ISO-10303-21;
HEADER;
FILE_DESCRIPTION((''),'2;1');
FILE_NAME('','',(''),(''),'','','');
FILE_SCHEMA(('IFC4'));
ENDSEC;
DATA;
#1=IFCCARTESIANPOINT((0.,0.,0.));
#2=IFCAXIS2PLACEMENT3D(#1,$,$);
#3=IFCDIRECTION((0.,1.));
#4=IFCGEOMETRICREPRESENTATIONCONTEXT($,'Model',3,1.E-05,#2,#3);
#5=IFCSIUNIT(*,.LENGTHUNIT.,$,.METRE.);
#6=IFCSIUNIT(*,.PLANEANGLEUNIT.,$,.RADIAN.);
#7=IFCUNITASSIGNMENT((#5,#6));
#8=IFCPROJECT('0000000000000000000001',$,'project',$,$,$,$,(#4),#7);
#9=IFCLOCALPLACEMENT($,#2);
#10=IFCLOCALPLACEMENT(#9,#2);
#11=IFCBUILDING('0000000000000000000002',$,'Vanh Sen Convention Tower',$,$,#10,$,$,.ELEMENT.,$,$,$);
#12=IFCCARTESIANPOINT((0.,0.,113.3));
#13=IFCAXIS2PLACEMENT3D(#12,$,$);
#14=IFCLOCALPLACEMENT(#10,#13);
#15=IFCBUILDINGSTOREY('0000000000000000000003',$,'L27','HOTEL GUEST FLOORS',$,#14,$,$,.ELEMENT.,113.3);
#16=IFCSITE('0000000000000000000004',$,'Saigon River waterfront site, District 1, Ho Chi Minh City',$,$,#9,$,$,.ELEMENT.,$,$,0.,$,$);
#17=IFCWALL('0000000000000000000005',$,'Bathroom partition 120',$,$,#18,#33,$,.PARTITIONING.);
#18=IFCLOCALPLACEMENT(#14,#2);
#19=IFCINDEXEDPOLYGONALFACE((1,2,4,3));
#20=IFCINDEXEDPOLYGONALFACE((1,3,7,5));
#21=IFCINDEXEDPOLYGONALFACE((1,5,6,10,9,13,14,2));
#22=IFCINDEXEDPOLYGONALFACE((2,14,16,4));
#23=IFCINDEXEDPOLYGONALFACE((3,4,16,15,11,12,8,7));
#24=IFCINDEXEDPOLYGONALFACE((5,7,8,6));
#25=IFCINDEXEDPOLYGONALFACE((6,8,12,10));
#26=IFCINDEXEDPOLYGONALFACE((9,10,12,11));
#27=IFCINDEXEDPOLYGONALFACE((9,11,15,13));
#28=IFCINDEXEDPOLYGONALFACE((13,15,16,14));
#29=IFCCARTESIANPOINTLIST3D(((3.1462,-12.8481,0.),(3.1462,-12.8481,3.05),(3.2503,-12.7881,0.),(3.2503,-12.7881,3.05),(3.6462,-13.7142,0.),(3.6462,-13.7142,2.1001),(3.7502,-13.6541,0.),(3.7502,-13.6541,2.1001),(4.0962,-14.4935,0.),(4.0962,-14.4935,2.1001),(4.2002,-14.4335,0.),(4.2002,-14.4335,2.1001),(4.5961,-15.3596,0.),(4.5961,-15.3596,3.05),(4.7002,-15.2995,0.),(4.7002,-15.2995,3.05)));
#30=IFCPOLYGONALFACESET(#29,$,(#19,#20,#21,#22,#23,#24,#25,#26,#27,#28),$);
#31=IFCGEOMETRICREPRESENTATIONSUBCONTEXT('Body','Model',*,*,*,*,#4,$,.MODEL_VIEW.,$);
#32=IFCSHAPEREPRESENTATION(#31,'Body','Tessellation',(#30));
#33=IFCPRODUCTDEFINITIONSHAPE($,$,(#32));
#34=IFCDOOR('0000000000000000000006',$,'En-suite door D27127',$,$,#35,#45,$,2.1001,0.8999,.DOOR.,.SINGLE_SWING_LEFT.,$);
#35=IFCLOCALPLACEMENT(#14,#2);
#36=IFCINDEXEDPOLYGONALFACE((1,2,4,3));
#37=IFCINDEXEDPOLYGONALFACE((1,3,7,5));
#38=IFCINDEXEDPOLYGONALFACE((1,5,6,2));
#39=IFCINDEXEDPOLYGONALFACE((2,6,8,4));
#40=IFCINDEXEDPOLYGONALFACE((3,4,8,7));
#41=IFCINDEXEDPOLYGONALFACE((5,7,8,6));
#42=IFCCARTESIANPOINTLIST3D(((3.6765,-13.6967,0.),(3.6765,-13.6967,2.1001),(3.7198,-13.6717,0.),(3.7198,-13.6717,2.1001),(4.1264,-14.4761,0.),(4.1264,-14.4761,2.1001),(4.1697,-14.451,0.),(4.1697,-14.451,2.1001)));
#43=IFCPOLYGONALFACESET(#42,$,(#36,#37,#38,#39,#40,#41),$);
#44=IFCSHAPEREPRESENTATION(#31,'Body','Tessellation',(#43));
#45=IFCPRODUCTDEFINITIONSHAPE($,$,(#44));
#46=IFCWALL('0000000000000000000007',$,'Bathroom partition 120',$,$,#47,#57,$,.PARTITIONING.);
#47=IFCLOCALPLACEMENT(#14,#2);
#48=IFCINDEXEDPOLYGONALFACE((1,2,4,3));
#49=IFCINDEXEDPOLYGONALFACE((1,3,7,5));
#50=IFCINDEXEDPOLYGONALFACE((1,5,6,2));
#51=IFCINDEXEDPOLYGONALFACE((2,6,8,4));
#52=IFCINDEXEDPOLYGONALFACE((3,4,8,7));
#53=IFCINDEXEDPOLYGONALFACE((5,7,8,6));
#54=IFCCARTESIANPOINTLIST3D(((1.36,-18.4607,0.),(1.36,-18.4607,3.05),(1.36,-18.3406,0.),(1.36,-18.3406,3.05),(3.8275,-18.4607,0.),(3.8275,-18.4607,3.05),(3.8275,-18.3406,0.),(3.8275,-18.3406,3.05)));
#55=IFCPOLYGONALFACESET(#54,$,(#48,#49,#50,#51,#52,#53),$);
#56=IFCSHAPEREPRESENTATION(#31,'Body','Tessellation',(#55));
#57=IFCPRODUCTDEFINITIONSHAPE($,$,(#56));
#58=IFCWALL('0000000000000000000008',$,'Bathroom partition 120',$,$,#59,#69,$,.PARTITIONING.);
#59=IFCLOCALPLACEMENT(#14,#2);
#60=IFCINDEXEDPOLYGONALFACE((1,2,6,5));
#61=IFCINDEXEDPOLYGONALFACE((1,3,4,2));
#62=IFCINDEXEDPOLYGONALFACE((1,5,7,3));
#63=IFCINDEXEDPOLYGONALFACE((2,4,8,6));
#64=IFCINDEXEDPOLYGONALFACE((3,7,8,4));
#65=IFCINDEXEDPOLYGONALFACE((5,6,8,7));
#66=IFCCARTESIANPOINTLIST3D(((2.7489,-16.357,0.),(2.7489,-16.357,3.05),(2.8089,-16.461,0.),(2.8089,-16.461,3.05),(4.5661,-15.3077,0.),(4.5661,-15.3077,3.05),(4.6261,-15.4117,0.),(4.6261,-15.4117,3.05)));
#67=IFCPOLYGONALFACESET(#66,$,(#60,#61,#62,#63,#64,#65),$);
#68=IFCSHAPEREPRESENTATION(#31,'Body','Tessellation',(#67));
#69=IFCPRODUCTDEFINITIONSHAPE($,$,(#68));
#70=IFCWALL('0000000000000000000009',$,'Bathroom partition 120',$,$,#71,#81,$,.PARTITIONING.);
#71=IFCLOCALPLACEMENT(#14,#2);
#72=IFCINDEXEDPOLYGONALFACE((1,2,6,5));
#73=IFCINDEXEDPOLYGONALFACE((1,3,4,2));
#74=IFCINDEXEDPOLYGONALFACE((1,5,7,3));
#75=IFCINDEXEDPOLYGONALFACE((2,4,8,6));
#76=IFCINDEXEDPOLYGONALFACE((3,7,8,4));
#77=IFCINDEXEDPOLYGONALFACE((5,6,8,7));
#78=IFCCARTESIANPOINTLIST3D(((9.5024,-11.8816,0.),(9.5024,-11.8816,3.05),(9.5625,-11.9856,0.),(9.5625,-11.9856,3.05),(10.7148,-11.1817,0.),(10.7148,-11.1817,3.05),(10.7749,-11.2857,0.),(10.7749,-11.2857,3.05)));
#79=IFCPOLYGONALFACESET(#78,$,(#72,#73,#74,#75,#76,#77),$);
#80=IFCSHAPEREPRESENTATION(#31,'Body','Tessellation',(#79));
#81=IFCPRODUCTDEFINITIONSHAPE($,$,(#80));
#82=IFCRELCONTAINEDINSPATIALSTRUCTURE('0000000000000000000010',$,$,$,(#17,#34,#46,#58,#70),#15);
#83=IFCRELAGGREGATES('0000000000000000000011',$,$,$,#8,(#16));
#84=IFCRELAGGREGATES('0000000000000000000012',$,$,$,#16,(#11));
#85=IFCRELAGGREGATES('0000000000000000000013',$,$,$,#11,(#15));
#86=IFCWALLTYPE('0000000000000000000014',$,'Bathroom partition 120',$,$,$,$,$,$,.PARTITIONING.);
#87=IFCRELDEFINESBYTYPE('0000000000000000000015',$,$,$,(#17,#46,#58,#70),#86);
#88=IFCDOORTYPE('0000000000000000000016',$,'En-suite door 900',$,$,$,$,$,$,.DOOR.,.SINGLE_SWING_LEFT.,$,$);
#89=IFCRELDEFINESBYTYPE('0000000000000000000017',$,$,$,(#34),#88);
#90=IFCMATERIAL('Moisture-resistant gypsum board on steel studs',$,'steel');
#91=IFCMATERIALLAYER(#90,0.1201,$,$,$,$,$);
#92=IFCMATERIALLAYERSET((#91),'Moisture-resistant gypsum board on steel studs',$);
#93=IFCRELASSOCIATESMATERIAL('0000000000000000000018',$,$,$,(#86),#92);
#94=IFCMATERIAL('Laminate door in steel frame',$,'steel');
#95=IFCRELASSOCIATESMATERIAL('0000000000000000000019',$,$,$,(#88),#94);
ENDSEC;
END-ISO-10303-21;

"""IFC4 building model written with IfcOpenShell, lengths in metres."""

from ifc_helpers import new_model, si_unit, direction, frame, frame_2d, origin, place, context, subcontext, project, spatial, rectangle, extrude, material, layer, layer_set, type_object, element, fill, save


model = new_model("IFC4")

# Units and contexts
model_context = context("Model", 3, precision=1e-05, world=origin(), true_north=direction((0.0, 1.0)))
body_context = subcontext(model_context, "Body", "Model", "MODEL_VIEW")
ifc_project = project(units=[si_unit("LENGTHUNIT", "METRE"), si_unit("PLANEANGLEUNIT", "RADIAN")], contexts=[model_context])

# Site, building, storey
site_placement = place(None, origin())
site = spatial("IfcSite", under=ifc_project, at=site_placement, Name="Saigon River waterfront site, District 1, Ho Chi Minh City", CompositionType="ELEMENT", RefElevation=0.0)
building_placement = place(site_placement, origin())
building = spatial("IfcBuilding", under=site, at=building_placement, Name="Vanh Sen Convention Tower", CompositionType="ELEMENT")
storey_placement = place(building_placement, frame((0.0, 0.0, 113.3)))
storey = spatial("IfcBuildingStorey", under=building, at=storey_placement, Name="L27", Description="HOTEL GUEST FLOORS", CompositionType="ELEMENT", Elevation=113.3)

# Wall, opening, door
ifc_material_1 = material(Name="Moisture-resistant gypsum board on steel studs", Category="steel")
ifc_layer_1 = layer(ifc_material_1, 0.1201)
ifc_layer_set_1 = layer_set([ifc_layer_1], Name="Moisture-resistant gypsum board on steel studs")
wall_type_1 = type_object("IfcWallType", Name="Bathroom partition 120", PredefinedType="PARTITIONING", material=ifc_layer_set_1)
wall_1_placement = place(storey_placement, frame((3.1982, -12.8181, 0.0), z_axis=(0.0, 0.0, 1.0), x_axis=(0.499987, -0.866033, 0.0)))
wall_1 = element("IfcWall", 1, at=wall_1_placement, inside=storey, type_object=wall_type_1, Name="Bathroom partition 120", PredefinedType="PARTITIONING", context=body_context, shape_type="SweptSolid", body=[
    extrude(rectangle(XDim=2.8999, YDim=0.1201, at=frame_2d((1.45, 0.0))), origin(), (0.0, 0.0, 1.0), 3.05),
])
opening_1_placement = place(wall_1_placement, frame((1.0, 0.0, 0.0)))
opening_1 = element("IfcOpeningElement", 2, at=opening_1_placement, cuts=wall_1, PredefinedType="OPENING", context=body_context, shape_type="SweptSolid", body=[
    extrude(rectangle(XDim=0.8999, YDim=2.1001, at=frame_2d((0.45, 1.05))), frame((0.0, 0.0701, 0.0), z_axis=(0.0, -1.0, 0.0), x_axis=(1.0, 0.0, 0.0)), (0.0, 0.0, 1.0), 0.1401),
])
ifc_material_2 = material(Name="Laminate door in steel frame", Category="steel")
door_type = type_object("IfcDoorType", Name="En-suite door 900", OperationType="SINGLE_SWING_LEFT", PredefinedType="DOOR", material=ifc_material_2)
door_placement = place(opening_1_placement, origin())
door = element("IfcDoor", 3, at=door_placement, inside=storey, type_object=door_type, Name="En-suite door D27127", OperationType="SINGLE_SWING_LEFT", OverallHeight=2.1001, OverallWidth=0.8999, PredefinedType="DOOR", context=body_context, shape_type="SweptSolid", body=[
    extrude(rectangle(XDim=0.8999, YDim=2.1001, at=frame_2d((0.45, 1.05))), frame((0.0, 0.0249, 0.0), z_axis=(0.0, -1.0, 0.0), x_axis=(1.0, 0.0, 0.0)), (0.0, 0.0, 1.0), 0.05),
])
fill(opening_1, door)

# Walls
wall_2_placement = place(storey_placement, frame((3.8276, -18.4006, 0.0), z_axis=(0.0, 0.0, 1.0), x_axis=(-1.0, 0.0, 0.0)))
element("IfcWall", 4, at=wall_2_placement, inside=storey, type_object=wall_type_1, Name="Bathroom partition 120", PredefinedType="PARTITIONING", context=body_context, shape_type="SweptSolid", body=[
    extrude(rectangle(XDim=2.4675, YDim=0.1201, at=frame_2d((1.2339, 0.0))), origin(), (0.0, 0.0, 1.0), 3.05),
])
wall_3_placement = place(storey_placement, frame((4.5962, -15.3596, 0.0), z_axis=(0.0, 0.0, 1.0), x_axis=(-0.865986, -0.500068, 0.0)))
element("IfcWall", 5, at=wall_3_placement, inside=storey, type_object=wall_type_1, Name="Bathroom partition 120", PredefinedType="PARTITIONING", context=body_context, shape_type="SweptSolid", body=[
    extrude(rectangle(XDim=2.0984, YDim=0.1201, at=frame_2d((1.0493, 0.0))), origin(), (0.0, 0.0, 1.0), 3.05),
])
wall_4_placement = place(storey_placement, frame((9.5325, -11.9336, 0.0), z_axis=(0.0, 0.0, 1.0), x_axis=(0.866035, 0.499984, 0.0)))
element("IfcWall", 6, at=wall_4_placement, inside=storey, type_object=wall_type_1, Name="Bathroom partition 120", PredefinedType="PARTITIONING", context=body_context, shape_type="SweptSolid", body=[
    extrude(rectangle(XDim=1.3999, YDim=0.1201, at=frame_2d((0.7, 0.0))), origin(), (0.0, 0.0, 1.0), 3.05),
])

save(model, "model.ifc")
